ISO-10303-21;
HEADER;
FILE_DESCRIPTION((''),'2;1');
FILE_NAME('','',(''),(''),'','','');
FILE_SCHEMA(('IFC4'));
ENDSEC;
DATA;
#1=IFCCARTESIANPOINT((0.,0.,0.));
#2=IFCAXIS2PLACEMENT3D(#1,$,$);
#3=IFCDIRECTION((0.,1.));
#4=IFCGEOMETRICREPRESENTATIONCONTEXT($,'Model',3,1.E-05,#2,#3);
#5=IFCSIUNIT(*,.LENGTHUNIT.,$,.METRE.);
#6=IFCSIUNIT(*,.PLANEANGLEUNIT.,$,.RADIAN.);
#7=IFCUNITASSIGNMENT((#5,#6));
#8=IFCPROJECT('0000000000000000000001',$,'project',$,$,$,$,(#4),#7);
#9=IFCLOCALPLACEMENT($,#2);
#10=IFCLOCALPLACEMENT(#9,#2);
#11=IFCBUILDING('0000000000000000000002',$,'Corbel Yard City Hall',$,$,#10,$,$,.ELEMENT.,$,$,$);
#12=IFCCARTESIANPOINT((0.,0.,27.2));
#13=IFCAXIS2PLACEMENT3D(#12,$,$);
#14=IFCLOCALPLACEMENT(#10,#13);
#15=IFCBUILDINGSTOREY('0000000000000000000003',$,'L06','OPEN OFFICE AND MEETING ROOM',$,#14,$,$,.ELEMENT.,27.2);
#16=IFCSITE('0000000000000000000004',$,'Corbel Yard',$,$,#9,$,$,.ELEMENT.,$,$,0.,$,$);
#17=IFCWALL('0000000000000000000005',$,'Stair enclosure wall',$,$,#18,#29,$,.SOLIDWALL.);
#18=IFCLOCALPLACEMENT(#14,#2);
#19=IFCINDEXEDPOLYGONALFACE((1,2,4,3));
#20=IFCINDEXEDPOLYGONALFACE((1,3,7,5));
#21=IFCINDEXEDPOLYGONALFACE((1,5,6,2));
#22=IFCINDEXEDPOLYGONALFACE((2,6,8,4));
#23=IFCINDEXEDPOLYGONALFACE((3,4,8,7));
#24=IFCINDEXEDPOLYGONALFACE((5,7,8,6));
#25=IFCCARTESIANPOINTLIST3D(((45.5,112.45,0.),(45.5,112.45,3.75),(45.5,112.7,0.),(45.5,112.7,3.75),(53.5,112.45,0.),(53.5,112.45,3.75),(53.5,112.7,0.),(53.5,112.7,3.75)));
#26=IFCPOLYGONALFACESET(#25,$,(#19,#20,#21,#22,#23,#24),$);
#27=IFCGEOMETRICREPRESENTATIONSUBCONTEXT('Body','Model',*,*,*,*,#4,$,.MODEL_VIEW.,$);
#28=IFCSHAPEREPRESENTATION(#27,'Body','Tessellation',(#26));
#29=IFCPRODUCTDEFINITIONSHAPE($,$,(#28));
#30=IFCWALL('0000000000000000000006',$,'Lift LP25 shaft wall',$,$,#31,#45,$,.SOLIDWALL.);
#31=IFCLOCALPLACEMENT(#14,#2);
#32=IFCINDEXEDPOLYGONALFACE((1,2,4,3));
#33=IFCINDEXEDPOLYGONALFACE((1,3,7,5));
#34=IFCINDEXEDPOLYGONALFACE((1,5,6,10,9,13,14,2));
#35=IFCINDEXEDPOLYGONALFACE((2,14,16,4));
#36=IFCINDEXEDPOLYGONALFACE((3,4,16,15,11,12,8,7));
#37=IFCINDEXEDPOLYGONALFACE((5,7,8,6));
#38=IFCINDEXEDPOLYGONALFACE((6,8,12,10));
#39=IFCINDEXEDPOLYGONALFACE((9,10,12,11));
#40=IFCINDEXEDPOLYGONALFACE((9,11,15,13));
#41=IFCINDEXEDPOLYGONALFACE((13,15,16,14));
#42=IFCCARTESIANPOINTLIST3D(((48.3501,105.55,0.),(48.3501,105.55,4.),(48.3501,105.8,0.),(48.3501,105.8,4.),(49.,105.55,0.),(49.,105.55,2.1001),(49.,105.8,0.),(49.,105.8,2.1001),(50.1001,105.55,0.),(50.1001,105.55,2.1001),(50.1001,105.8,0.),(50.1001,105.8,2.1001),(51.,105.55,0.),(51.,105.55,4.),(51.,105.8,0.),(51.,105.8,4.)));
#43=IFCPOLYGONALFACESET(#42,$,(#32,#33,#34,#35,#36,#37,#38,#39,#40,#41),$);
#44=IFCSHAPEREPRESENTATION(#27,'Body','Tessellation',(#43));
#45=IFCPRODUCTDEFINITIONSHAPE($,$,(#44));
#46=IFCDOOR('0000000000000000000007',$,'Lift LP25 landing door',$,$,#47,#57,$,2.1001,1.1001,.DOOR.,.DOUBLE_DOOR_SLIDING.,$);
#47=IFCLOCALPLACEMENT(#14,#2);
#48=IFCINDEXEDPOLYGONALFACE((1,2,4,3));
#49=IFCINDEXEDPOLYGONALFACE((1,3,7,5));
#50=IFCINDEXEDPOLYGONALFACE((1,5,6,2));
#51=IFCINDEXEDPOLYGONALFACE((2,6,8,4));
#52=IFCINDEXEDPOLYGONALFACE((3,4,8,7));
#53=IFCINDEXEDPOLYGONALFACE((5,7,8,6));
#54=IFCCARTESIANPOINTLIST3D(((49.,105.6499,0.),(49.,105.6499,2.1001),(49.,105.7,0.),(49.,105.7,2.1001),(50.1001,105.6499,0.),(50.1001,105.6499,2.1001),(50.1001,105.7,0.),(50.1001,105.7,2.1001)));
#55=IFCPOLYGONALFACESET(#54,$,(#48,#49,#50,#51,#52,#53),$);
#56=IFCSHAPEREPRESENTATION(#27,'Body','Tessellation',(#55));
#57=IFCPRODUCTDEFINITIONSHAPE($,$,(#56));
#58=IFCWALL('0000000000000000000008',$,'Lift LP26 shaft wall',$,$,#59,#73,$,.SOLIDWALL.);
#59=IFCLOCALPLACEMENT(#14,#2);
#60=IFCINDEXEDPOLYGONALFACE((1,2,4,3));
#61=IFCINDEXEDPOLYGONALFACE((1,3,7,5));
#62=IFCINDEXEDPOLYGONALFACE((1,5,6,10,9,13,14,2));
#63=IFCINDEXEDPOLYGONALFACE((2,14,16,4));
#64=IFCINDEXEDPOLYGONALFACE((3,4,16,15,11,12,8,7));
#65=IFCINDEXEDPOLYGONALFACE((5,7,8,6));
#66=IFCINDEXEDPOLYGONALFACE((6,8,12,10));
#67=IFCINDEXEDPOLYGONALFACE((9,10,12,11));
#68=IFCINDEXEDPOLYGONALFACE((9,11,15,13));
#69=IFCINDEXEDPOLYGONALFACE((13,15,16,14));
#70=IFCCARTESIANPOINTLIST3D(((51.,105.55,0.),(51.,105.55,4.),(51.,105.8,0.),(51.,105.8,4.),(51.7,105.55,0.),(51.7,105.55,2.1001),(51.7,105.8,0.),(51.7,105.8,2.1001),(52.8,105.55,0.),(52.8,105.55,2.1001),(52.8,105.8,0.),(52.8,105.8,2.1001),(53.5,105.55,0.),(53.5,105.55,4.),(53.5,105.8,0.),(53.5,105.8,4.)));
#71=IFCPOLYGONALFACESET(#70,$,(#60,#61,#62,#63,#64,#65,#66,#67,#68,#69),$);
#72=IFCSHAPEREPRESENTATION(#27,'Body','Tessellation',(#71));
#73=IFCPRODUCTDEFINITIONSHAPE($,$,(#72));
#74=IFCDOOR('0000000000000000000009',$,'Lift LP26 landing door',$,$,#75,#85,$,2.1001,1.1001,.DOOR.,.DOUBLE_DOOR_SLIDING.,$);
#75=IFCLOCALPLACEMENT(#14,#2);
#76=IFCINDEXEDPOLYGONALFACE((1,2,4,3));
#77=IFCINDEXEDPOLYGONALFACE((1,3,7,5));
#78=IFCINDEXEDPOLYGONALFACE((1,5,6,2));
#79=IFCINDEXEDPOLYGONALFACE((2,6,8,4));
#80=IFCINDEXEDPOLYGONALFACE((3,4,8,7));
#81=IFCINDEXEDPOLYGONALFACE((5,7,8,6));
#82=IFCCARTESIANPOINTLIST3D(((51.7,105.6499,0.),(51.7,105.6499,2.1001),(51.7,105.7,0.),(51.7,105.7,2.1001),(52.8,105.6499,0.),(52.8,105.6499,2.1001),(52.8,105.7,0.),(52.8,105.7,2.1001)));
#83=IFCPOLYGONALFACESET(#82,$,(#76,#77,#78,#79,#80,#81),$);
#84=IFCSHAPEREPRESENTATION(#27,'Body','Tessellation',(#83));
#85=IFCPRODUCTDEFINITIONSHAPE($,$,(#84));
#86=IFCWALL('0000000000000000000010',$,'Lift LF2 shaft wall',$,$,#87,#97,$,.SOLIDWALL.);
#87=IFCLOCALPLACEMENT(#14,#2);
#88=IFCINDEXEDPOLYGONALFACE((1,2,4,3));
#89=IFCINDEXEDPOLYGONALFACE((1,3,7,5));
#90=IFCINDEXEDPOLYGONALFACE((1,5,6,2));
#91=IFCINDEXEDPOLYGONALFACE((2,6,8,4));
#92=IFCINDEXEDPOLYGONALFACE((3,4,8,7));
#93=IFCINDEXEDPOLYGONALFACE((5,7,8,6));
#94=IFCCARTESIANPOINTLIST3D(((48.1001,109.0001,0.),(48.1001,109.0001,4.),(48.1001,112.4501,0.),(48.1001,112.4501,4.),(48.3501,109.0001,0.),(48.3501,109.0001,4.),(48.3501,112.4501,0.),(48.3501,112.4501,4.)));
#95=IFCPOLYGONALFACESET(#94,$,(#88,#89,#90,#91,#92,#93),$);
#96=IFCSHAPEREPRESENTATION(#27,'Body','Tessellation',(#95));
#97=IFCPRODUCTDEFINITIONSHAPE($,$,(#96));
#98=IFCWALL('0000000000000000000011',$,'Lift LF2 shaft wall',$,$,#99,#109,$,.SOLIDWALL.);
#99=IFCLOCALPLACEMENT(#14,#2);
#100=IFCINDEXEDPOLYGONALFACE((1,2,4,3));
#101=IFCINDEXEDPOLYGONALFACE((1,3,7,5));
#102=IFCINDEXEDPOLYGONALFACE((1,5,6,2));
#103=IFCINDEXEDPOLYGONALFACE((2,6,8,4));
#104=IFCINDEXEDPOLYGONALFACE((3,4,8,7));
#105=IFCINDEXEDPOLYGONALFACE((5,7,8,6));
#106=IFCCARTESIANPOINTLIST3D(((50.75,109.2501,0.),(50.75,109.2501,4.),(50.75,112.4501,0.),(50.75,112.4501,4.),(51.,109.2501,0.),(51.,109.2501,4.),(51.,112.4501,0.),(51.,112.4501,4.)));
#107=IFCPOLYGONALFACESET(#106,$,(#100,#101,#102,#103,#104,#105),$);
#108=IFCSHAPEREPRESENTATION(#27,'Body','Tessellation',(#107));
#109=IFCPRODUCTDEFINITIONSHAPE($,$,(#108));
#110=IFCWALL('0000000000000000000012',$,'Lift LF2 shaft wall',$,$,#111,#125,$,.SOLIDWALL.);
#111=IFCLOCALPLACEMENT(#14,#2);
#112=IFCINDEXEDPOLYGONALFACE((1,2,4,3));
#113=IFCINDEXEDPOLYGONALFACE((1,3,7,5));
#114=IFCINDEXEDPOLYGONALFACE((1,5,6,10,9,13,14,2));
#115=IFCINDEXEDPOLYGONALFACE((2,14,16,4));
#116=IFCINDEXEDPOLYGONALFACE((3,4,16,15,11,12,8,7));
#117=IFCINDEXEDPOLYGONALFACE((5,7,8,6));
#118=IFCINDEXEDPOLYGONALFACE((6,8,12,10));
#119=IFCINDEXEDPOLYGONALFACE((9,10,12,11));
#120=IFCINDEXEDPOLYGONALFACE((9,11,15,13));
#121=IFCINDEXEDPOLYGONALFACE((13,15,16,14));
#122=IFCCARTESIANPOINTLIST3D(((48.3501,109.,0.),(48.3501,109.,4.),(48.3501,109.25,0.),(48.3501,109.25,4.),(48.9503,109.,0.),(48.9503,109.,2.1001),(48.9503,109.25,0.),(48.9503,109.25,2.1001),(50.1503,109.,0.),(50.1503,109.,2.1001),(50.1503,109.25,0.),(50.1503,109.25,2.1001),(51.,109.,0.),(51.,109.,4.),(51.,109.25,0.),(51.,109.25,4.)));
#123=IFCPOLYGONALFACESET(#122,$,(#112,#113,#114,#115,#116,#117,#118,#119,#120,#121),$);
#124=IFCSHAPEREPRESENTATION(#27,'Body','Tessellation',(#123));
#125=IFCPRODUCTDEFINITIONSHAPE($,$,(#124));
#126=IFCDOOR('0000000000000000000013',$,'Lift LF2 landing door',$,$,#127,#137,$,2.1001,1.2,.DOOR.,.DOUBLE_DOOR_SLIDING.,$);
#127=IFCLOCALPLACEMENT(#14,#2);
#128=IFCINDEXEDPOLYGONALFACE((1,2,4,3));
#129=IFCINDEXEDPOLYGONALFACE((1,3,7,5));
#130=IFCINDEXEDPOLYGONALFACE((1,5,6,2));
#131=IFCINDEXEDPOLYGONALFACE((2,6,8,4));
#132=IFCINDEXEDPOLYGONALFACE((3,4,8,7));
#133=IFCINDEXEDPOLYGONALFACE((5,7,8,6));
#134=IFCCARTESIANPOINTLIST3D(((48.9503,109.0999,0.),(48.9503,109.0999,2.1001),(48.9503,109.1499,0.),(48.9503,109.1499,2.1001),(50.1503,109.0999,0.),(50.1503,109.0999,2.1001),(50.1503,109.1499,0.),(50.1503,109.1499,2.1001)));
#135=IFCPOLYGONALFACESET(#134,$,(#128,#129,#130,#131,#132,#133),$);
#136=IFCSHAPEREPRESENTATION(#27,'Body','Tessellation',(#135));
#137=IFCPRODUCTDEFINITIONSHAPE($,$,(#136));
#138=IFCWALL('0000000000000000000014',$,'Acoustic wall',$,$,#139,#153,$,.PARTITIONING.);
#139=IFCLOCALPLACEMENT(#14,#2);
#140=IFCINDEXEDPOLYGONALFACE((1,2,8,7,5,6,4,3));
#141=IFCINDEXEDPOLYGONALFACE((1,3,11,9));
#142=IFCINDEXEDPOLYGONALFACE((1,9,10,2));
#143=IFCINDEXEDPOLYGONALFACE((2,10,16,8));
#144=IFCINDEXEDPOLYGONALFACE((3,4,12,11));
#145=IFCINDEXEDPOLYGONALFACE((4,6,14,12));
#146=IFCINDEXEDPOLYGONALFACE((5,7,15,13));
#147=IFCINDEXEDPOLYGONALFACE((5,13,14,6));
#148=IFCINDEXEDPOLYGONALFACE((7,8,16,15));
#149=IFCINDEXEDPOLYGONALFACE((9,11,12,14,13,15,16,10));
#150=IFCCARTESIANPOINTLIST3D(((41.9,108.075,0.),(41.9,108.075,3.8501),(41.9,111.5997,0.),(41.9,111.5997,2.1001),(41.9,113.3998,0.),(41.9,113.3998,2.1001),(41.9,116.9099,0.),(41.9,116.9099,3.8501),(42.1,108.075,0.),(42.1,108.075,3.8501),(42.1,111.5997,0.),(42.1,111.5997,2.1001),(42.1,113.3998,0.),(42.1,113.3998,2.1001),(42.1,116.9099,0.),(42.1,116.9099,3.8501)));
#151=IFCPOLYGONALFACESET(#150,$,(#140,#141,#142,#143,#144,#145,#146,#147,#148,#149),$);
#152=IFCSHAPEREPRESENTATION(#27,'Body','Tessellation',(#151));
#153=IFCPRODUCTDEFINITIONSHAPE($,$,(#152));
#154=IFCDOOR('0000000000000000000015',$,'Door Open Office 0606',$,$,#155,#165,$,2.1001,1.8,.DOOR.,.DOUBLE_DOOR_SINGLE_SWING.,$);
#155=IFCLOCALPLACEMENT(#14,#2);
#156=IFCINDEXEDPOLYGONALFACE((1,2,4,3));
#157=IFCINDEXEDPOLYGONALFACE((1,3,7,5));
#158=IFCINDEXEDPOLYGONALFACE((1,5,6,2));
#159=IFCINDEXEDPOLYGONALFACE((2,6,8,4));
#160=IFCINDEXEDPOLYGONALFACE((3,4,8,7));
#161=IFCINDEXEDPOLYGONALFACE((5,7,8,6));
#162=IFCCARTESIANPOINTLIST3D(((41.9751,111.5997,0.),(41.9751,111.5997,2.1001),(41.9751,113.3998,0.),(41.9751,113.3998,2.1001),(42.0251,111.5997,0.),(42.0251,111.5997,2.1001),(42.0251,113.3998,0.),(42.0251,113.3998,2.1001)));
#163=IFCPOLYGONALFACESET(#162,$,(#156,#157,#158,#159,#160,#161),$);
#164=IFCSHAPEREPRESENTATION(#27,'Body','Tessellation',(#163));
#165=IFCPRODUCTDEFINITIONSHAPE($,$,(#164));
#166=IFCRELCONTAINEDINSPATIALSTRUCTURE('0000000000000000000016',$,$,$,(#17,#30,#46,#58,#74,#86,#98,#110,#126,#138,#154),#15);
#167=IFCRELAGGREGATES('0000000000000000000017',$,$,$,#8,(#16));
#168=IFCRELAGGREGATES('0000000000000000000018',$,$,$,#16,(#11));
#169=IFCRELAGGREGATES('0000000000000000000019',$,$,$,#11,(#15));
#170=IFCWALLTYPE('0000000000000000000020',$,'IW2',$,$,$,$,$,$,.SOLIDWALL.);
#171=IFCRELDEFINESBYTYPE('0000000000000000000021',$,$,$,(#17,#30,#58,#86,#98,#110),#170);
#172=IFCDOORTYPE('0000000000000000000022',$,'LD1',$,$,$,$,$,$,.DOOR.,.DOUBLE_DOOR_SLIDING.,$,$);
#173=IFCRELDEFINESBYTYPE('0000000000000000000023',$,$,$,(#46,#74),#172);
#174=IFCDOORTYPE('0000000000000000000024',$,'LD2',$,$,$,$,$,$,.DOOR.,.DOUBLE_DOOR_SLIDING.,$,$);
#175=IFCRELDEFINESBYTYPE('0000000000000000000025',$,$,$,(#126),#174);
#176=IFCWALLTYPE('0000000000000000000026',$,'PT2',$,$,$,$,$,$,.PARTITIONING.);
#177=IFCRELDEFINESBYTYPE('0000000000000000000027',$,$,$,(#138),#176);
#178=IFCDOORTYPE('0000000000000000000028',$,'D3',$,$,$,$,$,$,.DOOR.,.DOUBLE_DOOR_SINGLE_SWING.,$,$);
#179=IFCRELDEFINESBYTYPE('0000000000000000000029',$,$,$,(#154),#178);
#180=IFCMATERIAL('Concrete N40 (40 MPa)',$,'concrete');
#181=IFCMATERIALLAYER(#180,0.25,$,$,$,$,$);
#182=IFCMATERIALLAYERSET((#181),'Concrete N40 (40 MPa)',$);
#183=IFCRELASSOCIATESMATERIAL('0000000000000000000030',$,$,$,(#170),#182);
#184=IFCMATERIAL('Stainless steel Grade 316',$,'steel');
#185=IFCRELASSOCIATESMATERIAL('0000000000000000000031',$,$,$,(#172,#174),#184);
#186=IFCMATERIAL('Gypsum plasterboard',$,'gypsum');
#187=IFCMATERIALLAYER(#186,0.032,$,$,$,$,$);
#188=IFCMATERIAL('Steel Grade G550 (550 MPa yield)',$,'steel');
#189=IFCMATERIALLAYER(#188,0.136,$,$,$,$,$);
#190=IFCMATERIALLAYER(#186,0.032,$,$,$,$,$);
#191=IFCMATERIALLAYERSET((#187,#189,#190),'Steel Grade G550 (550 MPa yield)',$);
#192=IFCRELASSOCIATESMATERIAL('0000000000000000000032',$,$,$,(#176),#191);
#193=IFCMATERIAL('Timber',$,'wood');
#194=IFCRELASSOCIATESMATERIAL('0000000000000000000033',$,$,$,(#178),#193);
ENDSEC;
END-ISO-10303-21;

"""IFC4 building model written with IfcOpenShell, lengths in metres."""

from ifc_helpers import new_model, si_unit, direction, frame, frame_2d, origin, place, context, subcontext, project, spatial, rectangle, extrude, material, layer, layer_set, type_object, element, fill, save


model = new_model("IFC4")

# Units and contexts
model_context = context("Model", 3, precision=1e-05, world=origin(), true_north=direction((0.0, 1.0)))
body_context = subcontext(model_context, "Body", "Model", "MODEL_VIEW")
ifc_project = project(units=[si_unit("LENGTHUNIT", "METRE"), si_unit("PLANEANGLEUNIT", "RADIAN")], contexts=[model_context])

# Site, building, storey
site_placement = place(None, origin())
site = spatial("IfcSite", under=ifc_project, at=site_placement, Name="Corbel Yard", CompositionType="ELEMENT", RefElevation=0.0)
building_placement = place(site_placement, origin())
building = spatial("IfcBuilding", under=site, at=building_placement, Name="Corbel Yard City Hall", CompositionType="ELEMENT")
storey_placement = place(building_placement, frame((0.0, 0.0, 27.2)))
storey = spatial("IfcBuildingStorey", under=building, at=storey_placement, Name="L06", Description="OPEN OFFICE AND MEETING ROOM", CompositionType="ELEMENT", Elevation=27.2)

# Wall
ifc_material_1 = material(Name="Concrete N40 (40 MPa)", Category="concrete")
ifc_layer_1 = layer(ifc_material_1, 0.25)
ifc_layer_set_1 = layer_set([ifc_layer_1], Name="Concrete N40 (40 MPa)")
wall_type_1 = type_object("IfcWallType", Name="IW2", PredefinedType="SOLIDWALL", material=ifc_layer_set_1)
wall_1_placement = place(storey_placement, frame((45.5, 112.575, 0.0), z_axis=(0.0, 0.0, 1.0), x_axis=(1.0, 0.0, 0.0)))
element("IfcWall", 1, at=wall_1_placement, inside=storey, type_object=wall_type_1, Name="Stair enclosure wall", PredefinedType="SOLIDWALL", context=body_context, shape_type="SweptSolid", body=[
    extrude(rectangle(XDim=8.0, YDim=0.25, at=frame_2d((4.0, 0.0))), origin(), (0.0, 0.0, 1.0), 3.75),
])

# Walls, openings, doors
wall_2_placement = place(storey_placement, frame((48.3501, 105.675, 0.0), z_axis=(0.0, 0.0, 1.0), x_axis=(1.0, 0.0, 0.0)))
wall_2 = element("IfcWall", 2, at=wall_2_placement, inside=storey, type_object=wall_type_1, Name="Lift LP25 shaft wall", PredefinedType="SOLIDWALL", context=body_context, shape_type="SweptSolid", body=[
    extrude(rectangle(XDim=2.6499, YDim=0.25, at=frame_2d((1.325, 0.0))), origin(), (0.0, 0.0, 1.0), 4.0),
])
opening_1_placement = place(wall_2_placement, frame((0.6499, 0.0, 0.0)))
opening_1 = element("IfcOpeningElement", 3, at=opening_1_placement, cuts=wall_2, PredefinedType="OPENING", context=body_context, shape_type="SweptSolid", body=[
    extrude(rectangle(XDim=1.1001, YDim=2.1001, at=frame_2d((0.55, 1.05))), frame((0.0, 0.135, 0.0), z_axis=(0.0, -1.0, 0.0), x_axis=(1.0, 0.0, 0.0)), (0.0, 0.0, 1.0), 0.27),
])
ifc_material_2 = material(Name="Stainless steel Grade 316", Category="steel")
door_type_1 = type_object("IfcDoorType", Name="LD1", OperationType="DOUBLE_DOOR_SLIDING", PredefinedType="DOOR", material=ifc_material_2)
door_1_placement = place(opening_1_placement, origin())
door_1 = element("IfcDoor", 4, at=door_1_placement, inside=storey, type_object=door_type_1, Name="Lift LP25 landing door", OperationType="DOUBLE_DOOR_SLIDING", OverallHeight=2.1001, OverallWidth=1.1001, PredefinedType="DOOR", context=body_context, shape_type="SweptSolid", body=[
    extrude(rectangle(XDim=1.1001, YDim=2.1001, at=frame_2d((0.55, 1.05))), frame((0.0, 0.0249, 0.0), z_axis=(0.0, -1.0, 0.0), x_axis=(1.0, 0.0, 0.0)), (0.0, 0.0, 1.0), 0.05),
])
fill(opening_1, door_1)
wall_3_placement = place(storey_placement, frame((51.0, 105.675, 0.0), z_axis=(0.0, 0.0, 1.0), x_axis=(1.0, 0.0, 0.0)))
wall_3 = element("IfcWall", 5, at=wall_3_placement, inside=storey, type_object=wall_type_1, Name="Lift LP26 shaft wall", PredefinedType="SOLIDWALL", context=body_context, shape_type="SweptSolid", body=[
    extrude(rectangle(XDim=2.5, YDim=0.25, at=frame_2d((1.25, 0.0))), origin(), (0.0, 0.0, 1.0), 4.0),
])
opening_2_placement = place(wall_3_placement, frame((0.7, 0.0, 0.0)))
opening_2 = element("IfcOpeningElement", 6, at=opening_2_placement, cuts=wall_3, PredefinedType="OPENING", context=body_context, shape_type="SweptSolid", body=[
    extrude(rectangle(XDim=1.1001, YDim=2.1001, at=frame_2d((0.55, 1.05))), frame((0.0, 0.135, 0.0), z_axis=(0.0, -1.0, 0.0), x_axis=(1.0, 0.0, 0.0)), (0.0, 0.0, 1.0), 0.27),
])
door_2_placement = place(opening_2_placement, origin())
door_2 = element("IfcDoor", 7, at=door_2_placement, inside=storey, type_object=door_type_1, Name="Lift LP26 landing door", OperationType="DOUBLE_DOOR_SLIDING", OverallHeight=2.1001, OverallWidth=1.1001, PredefinedType="DOOR", context=body_context, shape_type="SweptSolid", body=[
    extrude(rectangle(XDim=1.1001, YDim=2.1001, at=frame_2d((0.55, 1.05))), frame((0.0, 0.0249, 0.0), z_axis=(0.0, -1.0, 0.0), x_axis=(1.0, 0.0, 0.0)), (0.0, 0.0, 1.0), 0.05),
])
fill(opening_2, door_2)

# Walls
wall_4_placement = place(storey_placement, frame((48.2251, 109.0, 0.0), z_axis=(0.0, 0.0, 1.0), x_axis=(0.0, 1.0, 0.0)))
element("IfcWall", 8, at=wall_4_placement, inside=storey, type_object=wall_type_1, Name="Lift LF2 shaft wall", PredefinedType="SOLIDWALL", context=body_context, shape_type="SweptSolid", body=[
    extrude(rectangle(XDim=3.45, YDim=0.25, at=frame_2d((1.7251, 0.0))), origin(), (0.0, 0.0, 1.0), 4.0),
])
wall_5_placement = place(storey_placement, frame((50.875, 109.25, 0.0), z_axis=(0.0, 0.0, 1.0), x_axis=(0.0, 1.0, 0.0)))
element("IfcWall", 9, at=wall_5_placement, inside=storey, type_object=wall_type_1, Name="Lift LF2 shaft wall", PredefinedType="SOLIDWALL", context=body_context, shape_type="SweptSolid", body=[
    extrude(rectangle(XDim=3.2, YDim=0.25, at=frame_2d((1.6001, 0.0))), origin(), (0.0, 0.0, 1.0), 4.0),
])

# Walls, openings, doors
wall_6_placement = place(storey_placement, frame((48.3501, 109.125, 0.0), z_axis=(0.0, 0.0, 1.0), x_axis=(1.0, 0.0, 0.0)))
wall_6 = element("IfcWall", 10, at=wall_6_placement, inside=storey, type_object=wall_type_1, Name="Lift LF2 shaft wall", PredefinedType="SOLIDWALL", context=body_context, shape_type="SweptSolid", body=[
    extrude(rectangle(XDim=2.6499, YDim=0.25, at=frame_2d((1.325, 0.0))), origin(), (0.0, 0.0, 1.0), 4.0),
])
opening_3_placement = place(wall_6_placement, frame((0.6001, 0.0, 0.0)))
opening_3 = element("IfcOpeningElement", 11, at=opening_3_placement, cuts=wall_6, PredefinedType="OPENING", context=body_context, shape_type="SweptSolid", body=[
    extrude(rectangle(XDim=1.2, YDim=2.1001, at=frame_2d((0.6001, 1.05))), frame((0.0, 0.135, 0.0), z_axis=(0.0, -1.0, 0.0), x_axis=(1.0, 0.0, 0.0)), (0.0, 0.0, 1.0), 0.27),
])
door_type_2 = type_object("IfcDoorType", Name="LD2", OperationType="DOUBLE_DOOR_SLIDING", PredefinedType="DOOR", material=ifc_material_2)
door_3_placement = place(opening_3_placement, origin())
door_3 = element("IfcDoor", 12, at=door_3_placement, inside=storey, type_object=door_type_2, Name="Lift LF2 landing door", OperationType="DOUBLE_DOOR_SLIDING", OverallHeight=2.1001, OverallWidth=1.2, PredefinedType="DOOR", context=body_context, shape_type="SweptSolid", body=[
    extrude(rectangle(XDim=1.2, YDim=2.1001, at=frame_2d((0.6001, 1.05))), frame((0.0, 0.0249, 0.0), z_axis=(0.0, -1.0, 0.0), x_axis=(1.0, 0.0, 0.0)), (0.0, 0.0, 1.0), 0.05),
])
fill(opening_3, door_3)
ifc_material_3 = material(Name="Gypsum plasterboard", Category="gypsum")
ifc_layer_2 = layer(ifc_material_3, 0.032)
ifc_material_4 = material(Name="Steel Grade G550 (550 MPa yield)", Category="steel")
ifc_layer_3 = layer(ifc_material_4, 0.136)
ifc_layer_4 = layer(ifc_material_3, 0.032)
ifc_layer_set_2 = layer_set([ifc_layer_2, ifc_layer_3, ifc_layer_4], Name="Steel Grade G550 (550 MPa yield)")
wall_type_2 = type_object("IfcWallType", Name="PT2", PredefinedType="PARTITIONING", material=ifc_layer_set_2)
wall_7_placement = place(storey_placement, frame((42.0, 108.075, 0.0), z_axis=(0.0, 0.0, 1.0), x_axis=(0.0, 1.0, 0.0)))
wall_7 = element("IfcWall", 13, at=wall_7_placement, inside=storey, type_object=wall_type_2, Name="Acoustic wall", PredefinedType="PARTITIONING", context=body_context, shape_type="SweptSolid", body=[
    extrude(rectangle(XDim=8.835, YDim=0.2, at=frame_2d((4.4175, 0.0))), origin(), (0.0, 0.0, 1.0), 3.8501),
])
opening_4_placement = place(wall_7_placement, frame((3.5249, 0.0, 0.0)))
opening_4 = element("IfcOpeningElement", 14, at=opening_4_placement, cuts=wall_7, PredefinedType="OPENING", context=body_context, shape_type="SweptSolid", body=[
    extrude(rectangle(XDim=1.8, YDim=2.1001, at=frame_2d((0.8999, 1.05))), frame((0.0, 0.1099, 0.0), z_axis=(0.0, -1.0, 0.0), x_axis=(1.0, 0.0, 0.0)), (0.0, 0.0, 1.0), 0.22),
])
ifc_material_5 = material(Name="Timber", Category="wood")
door_type_3 = type_object("IfcDoorType", Name="D3", OperationType="DOUBLE_DOOR_SINGLE_SWING", PredefinedType="DOOR", material=ifc_material_5)
door_4_placement = place(opening_4_placement, origin())
door_4 = element("IfcDoor", 15, at=door_4_placement, inside=storey, type_object=door_type_3, Name="Door Open Office 0606", OperationType="DOUBLE_DOOR_SINGLE_SWING", OverallHeight=2.1001, OverallWidth=1.8, PredefinedType="DOOR", context=body_context, shape_type="SweptSolid", body=[
    extrude(rectangle(XDim=1.8, YDim=2.1001, at=frame_2d((0.8999, 1.05))), frame((0.0, 0.0249, 0.0), z_axis=(0.0, -1.0, 0.0), x_axis=(1.0, 0.0, 0.0)), (0.0, 0.0, 1.0), 0.05),
])
fill(opening_4, door_4)

save(model, "model.ifc")
